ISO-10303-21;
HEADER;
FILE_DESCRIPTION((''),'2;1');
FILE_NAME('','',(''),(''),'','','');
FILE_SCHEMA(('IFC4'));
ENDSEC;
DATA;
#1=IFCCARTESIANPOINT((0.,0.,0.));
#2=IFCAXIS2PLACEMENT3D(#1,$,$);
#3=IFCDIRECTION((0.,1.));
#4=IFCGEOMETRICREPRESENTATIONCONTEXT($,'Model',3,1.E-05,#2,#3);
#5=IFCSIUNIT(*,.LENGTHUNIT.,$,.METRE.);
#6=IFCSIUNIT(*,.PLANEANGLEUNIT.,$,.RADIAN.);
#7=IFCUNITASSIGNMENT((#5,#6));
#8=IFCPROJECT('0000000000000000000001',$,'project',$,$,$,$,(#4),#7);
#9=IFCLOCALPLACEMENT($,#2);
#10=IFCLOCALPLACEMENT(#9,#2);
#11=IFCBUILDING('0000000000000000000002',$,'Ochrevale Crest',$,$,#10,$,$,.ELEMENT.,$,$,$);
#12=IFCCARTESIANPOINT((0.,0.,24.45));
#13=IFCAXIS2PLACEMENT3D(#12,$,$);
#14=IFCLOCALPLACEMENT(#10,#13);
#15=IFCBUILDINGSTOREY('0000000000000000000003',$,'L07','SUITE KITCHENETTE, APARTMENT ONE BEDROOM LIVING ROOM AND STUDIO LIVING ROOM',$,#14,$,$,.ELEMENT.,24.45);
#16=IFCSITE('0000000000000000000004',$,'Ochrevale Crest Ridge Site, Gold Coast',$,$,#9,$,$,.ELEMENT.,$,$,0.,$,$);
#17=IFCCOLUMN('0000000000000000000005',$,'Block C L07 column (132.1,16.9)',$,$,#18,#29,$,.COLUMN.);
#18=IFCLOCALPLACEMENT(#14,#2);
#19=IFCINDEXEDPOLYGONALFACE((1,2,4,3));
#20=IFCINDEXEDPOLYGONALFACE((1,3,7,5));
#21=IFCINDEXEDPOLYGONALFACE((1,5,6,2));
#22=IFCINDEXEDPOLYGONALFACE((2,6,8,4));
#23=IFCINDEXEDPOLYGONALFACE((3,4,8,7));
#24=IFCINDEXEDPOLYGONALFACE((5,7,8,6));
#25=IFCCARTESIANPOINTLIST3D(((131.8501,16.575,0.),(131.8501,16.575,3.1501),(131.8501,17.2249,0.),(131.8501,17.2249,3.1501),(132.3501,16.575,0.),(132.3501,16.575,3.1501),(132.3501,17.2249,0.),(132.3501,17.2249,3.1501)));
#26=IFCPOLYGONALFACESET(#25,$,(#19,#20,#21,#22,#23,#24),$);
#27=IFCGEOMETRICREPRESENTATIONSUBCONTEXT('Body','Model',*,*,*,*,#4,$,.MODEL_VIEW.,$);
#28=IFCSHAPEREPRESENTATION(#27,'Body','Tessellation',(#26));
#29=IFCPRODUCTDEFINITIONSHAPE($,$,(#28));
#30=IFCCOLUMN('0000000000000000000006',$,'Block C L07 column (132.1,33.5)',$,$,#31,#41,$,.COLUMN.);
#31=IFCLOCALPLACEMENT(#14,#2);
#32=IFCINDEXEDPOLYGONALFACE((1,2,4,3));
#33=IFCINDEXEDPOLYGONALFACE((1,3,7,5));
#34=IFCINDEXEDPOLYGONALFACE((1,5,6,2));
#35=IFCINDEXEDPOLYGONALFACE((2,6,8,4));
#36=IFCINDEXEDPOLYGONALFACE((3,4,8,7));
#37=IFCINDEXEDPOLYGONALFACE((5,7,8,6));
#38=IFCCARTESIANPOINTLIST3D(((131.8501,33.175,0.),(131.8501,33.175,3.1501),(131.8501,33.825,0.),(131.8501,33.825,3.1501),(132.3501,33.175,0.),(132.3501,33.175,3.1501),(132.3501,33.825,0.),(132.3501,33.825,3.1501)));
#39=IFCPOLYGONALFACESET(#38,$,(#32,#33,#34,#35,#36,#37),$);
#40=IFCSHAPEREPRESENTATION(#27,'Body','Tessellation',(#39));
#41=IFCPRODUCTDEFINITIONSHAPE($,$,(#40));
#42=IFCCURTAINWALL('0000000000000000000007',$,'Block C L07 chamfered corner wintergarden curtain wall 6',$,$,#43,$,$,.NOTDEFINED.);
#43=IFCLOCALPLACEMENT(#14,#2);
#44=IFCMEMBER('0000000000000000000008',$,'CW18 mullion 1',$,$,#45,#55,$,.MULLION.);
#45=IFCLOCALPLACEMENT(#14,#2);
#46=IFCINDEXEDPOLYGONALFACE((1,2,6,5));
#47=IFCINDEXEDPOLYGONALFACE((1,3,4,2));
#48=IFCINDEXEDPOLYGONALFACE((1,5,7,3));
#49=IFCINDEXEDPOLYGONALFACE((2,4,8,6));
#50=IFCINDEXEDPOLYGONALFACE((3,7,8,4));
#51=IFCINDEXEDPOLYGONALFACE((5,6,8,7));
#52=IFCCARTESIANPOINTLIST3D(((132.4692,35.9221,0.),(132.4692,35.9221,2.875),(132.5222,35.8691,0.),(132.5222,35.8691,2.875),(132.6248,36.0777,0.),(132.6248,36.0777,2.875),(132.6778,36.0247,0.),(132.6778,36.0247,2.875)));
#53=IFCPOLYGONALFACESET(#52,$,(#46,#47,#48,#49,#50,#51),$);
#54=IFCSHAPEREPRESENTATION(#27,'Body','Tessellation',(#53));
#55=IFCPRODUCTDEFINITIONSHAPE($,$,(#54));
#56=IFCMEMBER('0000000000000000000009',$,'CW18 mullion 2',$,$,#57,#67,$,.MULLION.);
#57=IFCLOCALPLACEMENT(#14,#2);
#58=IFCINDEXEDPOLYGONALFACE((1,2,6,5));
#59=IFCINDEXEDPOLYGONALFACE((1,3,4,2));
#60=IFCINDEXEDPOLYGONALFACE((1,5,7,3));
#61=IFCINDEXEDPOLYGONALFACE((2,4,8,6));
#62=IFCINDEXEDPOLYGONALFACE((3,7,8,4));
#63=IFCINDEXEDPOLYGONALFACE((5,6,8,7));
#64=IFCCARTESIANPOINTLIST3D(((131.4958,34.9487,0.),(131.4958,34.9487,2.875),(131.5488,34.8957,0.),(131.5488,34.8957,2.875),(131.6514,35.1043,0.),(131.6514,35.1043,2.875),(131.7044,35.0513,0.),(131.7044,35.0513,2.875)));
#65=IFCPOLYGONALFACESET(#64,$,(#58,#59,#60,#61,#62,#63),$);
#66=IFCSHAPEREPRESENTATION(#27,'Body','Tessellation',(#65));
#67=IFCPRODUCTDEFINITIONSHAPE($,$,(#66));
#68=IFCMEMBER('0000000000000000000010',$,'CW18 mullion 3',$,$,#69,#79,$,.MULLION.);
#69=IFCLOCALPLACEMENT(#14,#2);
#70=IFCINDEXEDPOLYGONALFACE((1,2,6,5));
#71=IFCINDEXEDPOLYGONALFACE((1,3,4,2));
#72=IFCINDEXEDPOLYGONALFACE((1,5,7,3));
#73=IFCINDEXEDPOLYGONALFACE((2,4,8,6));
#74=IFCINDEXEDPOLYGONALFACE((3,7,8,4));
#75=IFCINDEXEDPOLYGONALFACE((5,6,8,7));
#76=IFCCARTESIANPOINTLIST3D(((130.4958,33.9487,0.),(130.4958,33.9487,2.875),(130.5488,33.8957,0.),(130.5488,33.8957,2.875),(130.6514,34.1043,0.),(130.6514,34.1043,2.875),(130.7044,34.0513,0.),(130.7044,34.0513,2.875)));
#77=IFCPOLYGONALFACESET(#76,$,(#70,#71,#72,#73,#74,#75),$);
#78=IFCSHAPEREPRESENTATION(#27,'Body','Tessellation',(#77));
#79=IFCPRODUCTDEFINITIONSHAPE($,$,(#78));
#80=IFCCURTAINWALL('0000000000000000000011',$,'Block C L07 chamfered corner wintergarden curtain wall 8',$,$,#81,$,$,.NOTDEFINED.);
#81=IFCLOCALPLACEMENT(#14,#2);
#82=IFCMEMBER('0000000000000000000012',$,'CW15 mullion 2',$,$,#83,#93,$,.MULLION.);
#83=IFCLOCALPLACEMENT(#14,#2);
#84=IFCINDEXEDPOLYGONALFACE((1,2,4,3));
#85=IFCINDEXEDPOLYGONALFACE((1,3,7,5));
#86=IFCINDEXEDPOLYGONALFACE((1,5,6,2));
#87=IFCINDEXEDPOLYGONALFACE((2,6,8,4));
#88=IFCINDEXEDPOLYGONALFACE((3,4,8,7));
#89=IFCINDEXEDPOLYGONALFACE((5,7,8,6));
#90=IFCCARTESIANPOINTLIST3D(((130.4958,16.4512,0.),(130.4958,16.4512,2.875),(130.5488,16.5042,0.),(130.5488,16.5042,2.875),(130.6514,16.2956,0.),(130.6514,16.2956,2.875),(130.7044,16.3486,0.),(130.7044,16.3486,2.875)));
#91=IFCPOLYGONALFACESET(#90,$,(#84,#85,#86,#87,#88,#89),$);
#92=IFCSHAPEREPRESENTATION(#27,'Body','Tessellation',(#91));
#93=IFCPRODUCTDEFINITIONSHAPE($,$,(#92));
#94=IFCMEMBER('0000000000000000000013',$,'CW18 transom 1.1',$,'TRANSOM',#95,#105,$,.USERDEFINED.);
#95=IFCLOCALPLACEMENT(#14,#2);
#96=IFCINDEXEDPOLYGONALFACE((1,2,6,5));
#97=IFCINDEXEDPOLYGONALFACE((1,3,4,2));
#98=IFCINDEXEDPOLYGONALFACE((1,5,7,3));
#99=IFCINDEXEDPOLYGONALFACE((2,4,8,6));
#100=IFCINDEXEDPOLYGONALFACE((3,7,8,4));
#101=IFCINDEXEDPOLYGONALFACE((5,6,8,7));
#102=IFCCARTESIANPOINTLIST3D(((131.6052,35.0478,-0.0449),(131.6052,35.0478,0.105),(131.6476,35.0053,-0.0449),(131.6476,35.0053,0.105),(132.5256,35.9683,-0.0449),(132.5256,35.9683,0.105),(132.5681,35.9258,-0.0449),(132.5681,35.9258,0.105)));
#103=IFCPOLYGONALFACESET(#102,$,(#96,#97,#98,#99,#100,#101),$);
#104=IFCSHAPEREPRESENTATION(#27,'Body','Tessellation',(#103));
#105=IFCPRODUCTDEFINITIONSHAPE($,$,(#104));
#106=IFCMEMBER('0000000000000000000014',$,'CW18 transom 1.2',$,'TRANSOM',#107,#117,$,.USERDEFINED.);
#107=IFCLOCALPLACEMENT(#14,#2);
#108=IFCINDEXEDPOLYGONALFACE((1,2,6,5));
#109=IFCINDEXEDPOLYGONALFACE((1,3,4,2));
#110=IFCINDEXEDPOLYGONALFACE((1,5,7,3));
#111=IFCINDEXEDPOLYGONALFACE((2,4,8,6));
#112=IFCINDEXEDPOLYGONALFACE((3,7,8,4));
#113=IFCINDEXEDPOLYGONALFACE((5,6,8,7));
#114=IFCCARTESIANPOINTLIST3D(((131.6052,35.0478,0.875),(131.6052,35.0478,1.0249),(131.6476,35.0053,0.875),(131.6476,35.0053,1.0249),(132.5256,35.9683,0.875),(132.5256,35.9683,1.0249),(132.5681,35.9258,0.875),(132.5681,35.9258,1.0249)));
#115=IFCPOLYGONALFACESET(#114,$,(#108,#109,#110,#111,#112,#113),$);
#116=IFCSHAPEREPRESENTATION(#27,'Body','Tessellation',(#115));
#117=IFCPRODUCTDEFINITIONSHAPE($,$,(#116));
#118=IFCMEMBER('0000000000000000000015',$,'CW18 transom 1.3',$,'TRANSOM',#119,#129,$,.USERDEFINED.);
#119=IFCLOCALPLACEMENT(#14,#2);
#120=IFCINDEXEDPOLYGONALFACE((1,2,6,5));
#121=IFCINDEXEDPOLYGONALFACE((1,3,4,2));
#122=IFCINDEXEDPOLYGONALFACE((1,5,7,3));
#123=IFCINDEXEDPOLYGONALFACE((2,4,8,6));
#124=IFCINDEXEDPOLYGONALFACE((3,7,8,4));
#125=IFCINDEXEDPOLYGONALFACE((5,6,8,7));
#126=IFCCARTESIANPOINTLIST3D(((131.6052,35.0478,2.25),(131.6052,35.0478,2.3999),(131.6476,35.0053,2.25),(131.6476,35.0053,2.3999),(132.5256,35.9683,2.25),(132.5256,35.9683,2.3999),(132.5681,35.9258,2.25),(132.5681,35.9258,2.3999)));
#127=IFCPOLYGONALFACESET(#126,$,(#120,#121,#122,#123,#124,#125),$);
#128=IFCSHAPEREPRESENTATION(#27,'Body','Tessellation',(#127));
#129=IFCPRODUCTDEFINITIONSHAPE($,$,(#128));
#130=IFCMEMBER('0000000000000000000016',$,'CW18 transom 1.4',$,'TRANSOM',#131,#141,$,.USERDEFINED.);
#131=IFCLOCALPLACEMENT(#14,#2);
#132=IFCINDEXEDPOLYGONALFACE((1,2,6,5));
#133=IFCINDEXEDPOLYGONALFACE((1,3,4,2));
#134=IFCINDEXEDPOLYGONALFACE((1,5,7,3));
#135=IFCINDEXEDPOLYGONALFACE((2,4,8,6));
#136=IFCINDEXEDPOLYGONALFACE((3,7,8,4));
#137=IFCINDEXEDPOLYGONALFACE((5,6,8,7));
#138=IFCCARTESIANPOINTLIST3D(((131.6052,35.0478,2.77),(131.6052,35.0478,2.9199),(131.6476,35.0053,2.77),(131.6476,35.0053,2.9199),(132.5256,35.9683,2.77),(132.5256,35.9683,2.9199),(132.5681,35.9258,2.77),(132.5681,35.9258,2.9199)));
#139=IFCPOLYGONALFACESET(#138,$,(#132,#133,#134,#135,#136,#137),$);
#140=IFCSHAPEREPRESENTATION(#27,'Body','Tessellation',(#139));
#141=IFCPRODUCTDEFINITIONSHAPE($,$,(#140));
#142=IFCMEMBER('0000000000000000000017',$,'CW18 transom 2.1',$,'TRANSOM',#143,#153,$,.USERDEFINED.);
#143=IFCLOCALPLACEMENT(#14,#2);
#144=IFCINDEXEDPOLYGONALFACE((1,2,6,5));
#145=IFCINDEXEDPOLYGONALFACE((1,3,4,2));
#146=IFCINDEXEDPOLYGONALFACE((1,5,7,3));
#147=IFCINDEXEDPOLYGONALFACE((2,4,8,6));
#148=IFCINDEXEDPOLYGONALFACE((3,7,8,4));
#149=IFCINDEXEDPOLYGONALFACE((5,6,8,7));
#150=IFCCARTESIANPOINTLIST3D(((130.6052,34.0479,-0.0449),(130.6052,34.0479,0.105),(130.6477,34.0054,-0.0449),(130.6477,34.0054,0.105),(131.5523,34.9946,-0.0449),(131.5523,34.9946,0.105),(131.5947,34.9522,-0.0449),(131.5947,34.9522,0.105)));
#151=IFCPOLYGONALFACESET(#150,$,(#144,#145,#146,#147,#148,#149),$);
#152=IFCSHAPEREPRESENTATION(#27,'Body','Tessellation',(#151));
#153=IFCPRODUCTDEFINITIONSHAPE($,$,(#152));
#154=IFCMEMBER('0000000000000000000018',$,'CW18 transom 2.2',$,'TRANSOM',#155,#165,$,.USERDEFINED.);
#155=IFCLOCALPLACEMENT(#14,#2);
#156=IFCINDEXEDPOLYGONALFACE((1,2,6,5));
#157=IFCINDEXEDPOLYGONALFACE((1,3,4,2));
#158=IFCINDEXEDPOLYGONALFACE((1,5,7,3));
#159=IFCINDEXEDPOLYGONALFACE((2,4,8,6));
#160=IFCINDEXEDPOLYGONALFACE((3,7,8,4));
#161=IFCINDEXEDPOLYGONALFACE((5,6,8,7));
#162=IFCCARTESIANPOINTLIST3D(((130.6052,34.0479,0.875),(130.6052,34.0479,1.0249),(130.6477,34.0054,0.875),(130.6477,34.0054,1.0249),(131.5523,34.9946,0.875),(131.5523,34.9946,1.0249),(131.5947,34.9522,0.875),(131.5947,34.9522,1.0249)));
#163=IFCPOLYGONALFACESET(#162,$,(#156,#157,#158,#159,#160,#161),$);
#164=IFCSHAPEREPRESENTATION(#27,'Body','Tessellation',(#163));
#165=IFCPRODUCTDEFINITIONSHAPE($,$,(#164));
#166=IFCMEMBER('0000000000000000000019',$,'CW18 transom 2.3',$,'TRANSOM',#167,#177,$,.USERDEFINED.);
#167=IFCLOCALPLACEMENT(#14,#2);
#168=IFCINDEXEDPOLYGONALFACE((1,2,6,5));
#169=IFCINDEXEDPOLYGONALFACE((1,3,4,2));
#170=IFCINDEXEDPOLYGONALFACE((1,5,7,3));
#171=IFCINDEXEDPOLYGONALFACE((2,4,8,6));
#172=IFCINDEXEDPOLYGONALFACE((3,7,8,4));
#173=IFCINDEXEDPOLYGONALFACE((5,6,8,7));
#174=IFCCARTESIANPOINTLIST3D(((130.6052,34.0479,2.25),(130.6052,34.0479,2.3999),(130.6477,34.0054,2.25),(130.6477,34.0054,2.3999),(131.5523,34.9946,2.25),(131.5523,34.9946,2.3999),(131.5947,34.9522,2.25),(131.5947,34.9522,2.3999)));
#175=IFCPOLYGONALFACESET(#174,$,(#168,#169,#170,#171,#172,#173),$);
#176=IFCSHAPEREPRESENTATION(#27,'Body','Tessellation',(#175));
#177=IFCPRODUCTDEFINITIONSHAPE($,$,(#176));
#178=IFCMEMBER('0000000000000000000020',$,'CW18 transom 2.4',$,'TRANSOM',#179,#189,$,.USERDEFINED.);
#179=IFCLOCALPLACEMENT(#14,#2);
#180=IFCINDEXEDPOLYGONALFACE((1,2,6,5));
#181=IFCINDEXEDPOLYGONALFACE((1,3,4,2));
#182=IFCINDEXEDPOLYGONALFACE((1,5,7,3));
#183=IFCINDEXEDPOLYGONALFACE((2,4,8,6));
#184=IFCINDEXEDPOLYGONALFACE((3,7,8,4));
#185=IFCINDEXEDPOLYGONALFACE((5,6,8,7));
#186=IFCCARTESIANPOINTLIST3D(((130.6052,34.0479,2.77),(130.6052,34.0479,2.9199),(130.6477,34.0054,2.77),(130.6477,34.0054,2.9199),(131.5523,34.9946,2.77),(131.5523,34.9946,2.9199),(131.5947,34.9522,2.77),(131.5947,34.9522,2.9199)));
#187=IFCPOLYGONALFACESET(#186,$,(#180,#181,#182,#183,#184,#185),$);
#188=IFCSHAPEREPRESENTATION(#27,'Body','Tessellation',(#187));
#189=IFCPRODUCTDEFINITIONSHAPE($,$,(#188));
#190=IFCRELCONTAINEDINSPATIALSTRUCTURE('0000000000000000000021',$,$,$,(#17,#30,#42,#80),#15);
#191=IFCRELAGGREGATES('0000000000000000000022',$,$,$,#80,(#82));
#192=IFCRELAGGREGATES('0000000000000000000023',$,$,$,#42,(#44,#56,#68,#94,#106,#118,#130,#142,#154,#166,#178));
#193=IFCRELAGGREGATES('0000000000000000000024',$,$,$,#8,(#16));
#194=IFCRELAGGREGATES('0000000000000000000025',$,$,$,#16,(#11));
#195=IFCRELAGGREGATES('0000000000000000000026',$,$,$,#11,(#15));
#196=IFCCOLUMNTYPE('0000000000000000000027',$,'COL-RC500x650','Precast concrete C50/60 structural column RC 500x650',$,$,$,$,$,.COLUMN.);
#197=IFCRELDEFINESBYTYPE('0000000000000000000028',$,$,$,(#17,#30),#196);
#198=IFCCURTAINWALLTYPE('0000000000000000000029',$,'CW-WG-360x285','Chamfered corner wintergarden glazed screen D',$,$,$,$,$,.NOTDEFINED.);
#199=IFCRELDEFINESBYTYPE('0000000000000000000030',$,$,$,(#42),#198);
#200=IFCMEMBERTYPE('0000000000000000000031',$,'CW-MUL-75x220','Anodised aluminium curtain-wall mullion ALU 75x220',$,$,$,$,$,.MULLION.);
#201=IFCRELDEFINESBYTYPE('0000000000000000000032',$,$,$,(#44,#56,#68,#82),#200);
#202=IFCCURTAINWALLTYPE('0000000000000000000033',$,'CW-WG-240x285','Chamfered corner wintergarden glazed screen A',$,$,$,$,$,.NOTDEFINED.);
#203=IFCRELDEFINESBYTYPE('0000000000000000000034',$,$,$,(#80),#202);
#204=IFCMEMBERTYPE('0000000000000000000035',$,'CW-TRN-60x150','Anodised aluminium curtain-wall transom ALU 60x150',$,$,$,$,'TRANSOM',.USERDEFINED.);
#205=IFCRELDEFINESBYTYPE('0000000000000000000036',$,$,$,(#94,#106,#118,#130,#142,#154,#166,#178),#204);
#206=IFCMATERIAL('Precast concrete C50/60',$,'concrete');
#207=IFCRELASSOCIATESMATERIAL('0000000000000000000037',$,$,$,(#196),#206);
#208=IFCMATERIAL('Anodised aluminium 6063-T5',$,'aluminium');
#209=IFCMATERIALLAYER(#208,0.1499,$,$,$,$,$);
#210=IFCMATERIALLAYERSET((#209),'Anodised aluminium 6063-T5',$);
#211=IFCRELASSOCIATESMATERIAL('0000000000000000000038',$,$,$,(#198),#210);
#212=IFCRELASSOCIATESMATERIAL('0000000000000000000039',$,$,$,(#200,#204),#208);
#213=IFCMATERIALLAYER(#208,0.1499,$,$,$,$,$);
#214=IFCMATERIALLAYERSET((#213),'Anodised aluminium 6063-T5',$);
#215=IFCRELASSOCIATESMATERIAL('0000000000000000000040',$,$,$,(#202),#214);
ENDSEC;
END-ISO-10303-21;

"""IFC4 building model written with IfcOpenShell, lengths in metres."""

from ifc_helpers import new_model, si_unit, direction, frame, origin, origin_2d, place, context, subcontext, project, spatial, rectangle, extrude, material, layer, layer_set, material_profile, profile_set, type_object, element, aggregate, save


model = new_model("IFC4")

# Units and contexts
model_context = context("Model", 3, precision=1e-05, world=origin(), true_north=direction((0.0, 1.0)))
body_context = subcontext(model_context, "Body", "Model", "MODEL_VIEW")
ifc_project = project(units=[si_unit("LENGTHUNIT", "METRE"), si_unit("PLANEANGLEUNIT", "RADIAN")], contexts=[model_context])

# Site, building, storey
site_placement = place(None, origin())
site = spatial("IfcSite", under=ifc_project, at=site_placement, Name="Ochrevale Crest Ridge Site, Gold Coast", CompositionType="ELEMENT", RefElevation=0.0)
building_placement = place(site_placement, origin())
building = spatial("IfcBuilding", under=site, at=building_placement, Name="Ochrevale Crest", CompositionType="ELEMENT")
storey_placement = place(building_placement, frame((0.0, 0.0, 24.45)))
storey = spatial("IfcBuildingStorey", under=building, at=storey_placement, Name="L07", Description="SUITE KITCHENETTE, APARTMENT ONE BEDROOM LIVING ROOM AND STUDIO LIVING ROOM", CompositionType="ELEMENT", Elevation=24.45)

# Columns
ifc_material_1 = material(Name="Precast concrete C50/60", Category="concrete")
ifc_material_profile_1 = material_profile(ifc_material_1, rectangle(XDim=0.5, YDim=0.6499, at=origin_2d()), Name="RC 500x650")
ifc_profile_set_1 = profile_set([ifc_material_profile_1], Name="Precast concrete C50/60")
column_type = type_object("IfcColumnType", Name="COL-RC500x650", Description="Precast concrete C50/60 structural column RC 500x650", PredefinedType="COLUMN", material=ifc_profile_set_1)
for number, where, z_axis, x_axis, name in (
    (1, (132.1001, 16.8999, 0.0), (0.0, 0.0, 1.0), (1.0, 0.0, 0.0), "Block C L07 column (132.1,16.9)"),
    (2, (132.1001, 33.5, 0.0), (0.0, 0.0, 1.0), (1.0, 0.0, 0.0), "Block C L07 column (132.1,33.5)"),
):
    element("IfcColumn", number, at=place(storey_placement, frame(where, z_axis=z_axis, x_axis=x_axis)), inside=storey, type_object=column_type, Name=name, PredefinedType="COLUMN", context=body_context, shape_type="SweptSolid", body=[
        extrude(rectangle(XDim=0.5, YDim=0.6499, at=origin_2d()), origin(), (0.0, 0.0, 1.0), 3.1501),
    ])

# Curtain wall, members
ifc_material_2 = material(Name="Anodised aluminium 6063-T5", Category="aluminium")
ifc_layer_1 = layer(ifc_material_2, 0.1499)
ifc_layer_set_1 = layer_set([ifc_layer_1], Name="Anodised aluminium 6063-T5")
curtain_wall_type_1 = type_object("IfcCurtainWallType", Name="CW-WG-360x285", Description="Chamfered corner wintergarden glazed screen D", PredefinedType="NOTDEFINED", material=ifc_layer_set_1)
curtain_wall_1_placement = place(storey_placement, origin())
curtain_wall_1 = element("IfcCurtainWall", 3, at=curtain_wall_1_placement, inside=storey, type_object=curtain_wall_type_1, Name="Block C L07 chamfered corner wintergarden curtain wall 6", PredefinedType="NOTDEFINED")
ifc_material_profile_2 = material_profile(ifc_material_2, rectangle(XDim=0.075, YDim=0.22, at=origin_2d()), Name="ALU 75x220")
ifc_profile_set_2 = profile_set([ifc_material_profile_2], Name="Anodised aluminium 6063-T5")
member_type_1 = type_object("IfcMemberType", Name="CW-MUL-75x220", Description="Anodised aluminium curtain-wall mullion ALU 75x220", PredefinedType="MULLION", material=ifc_profile_set_2)
member_1_placement = place(storey_placement, frame((132.5735, 35.9734, 0.0), z_axis=(0.0, 0.0, 1.0), x_axis=(0.707107, -0.707107, 0.0)))
member_1 = element("IfcMember", 4, at=member_1_placement, type_object=member_type_1, Name="CW18 mullion 1", PredefinedType="MULLION", context=body_context, shape_type="SweptSolid", body=[
    extrude(rectangle(XDim=0.075, YDim=0.22, at=origin_2d()), origin(), (0.0, 0.0, 1.0), 2.875),
])
member_2_placement = place(storey_placement, frame((131.6001, 35.0, 0.0), z_axis=(0.0, 0.0, 1.0), x_axis=(0.707107, -0.707107, 0.0)))
member_2 = element("IfcMember", 5, at=member_2_placement, type_object=member_type_1, Name="CW18 mullion 2", PredefinedType="MULLION", context=body_context, shape_type="SweptSolid", body=[
    extrude(rectangle(XDim=0.075, YDim=0.22, at=origin_2d()), origin(), (0.0, 0.0, 1.0), 2.875),
])
member_3_placement = place(storey_placement, frame((130.6001, 34.0, 0.0), z_axis=(0.0, 0.0, 1.0), x_axis=(0.707107, -0.707107, 0.0)))
member_3 = element("IfcMember", 6, at=member_3_placement, type_object=member_type_1, Name="CW18 mullion 3", PredefinedType="MULLION", context=body_context, shape_type="SweptSolid", body=[
    extrude(rectangle(XDim=0.075, YDim=0.22, at=origin_2d()), origin(), (0.0, 0.0, 1.0), 2.875),
])

# Curtain wall, member
ifc_layer_2 = layer(ifc_material_2, 0.1499)
ifc_layer_set_2 = layer_set([ifc_layer_2], Name="Anodised aluminium 6063-T5")
curtain_wall_type_2 = type_object("IfcCurtainWallType", Name="CW-WG-240x285", Description="Chamfered corner wintergarden glazed screen A", PredefinedType="NOTDEFINED", material=ifc_layer_set_2)
curtain_wall_2_placement = place(storey_placement, origin())
curtain_wall_2 = element("IfcCurtainWall", 7, at=curtain_wall_2_placement, inside=storey, type_object=curtain_wall_type_2, Name="Block C L07 chamfered corner wintergarden curtain wall 8", PredefinedType="NOTDEFINED")
member_4_placement = place(storey_placement, frame((130.6001, 16.3999, 0.0), z_axis=(0.0, 0.0, 1.0), x_axis=(0.707107, 0.707107, 0.0)))
member_4 = element("IfcMember", 8, at=member_4_placement, type_object=member_type_1, Name="CW15 mullion 2", PredefinedType="MULLION", context=body_context, shape_type="SweptSolid", body=[
    extrude(rectangle(XDim=0.075, YDim=0.22, at=origin_2d()), origin(), (0.0, 0.0, 1.0), 2.875),
])
aggregate(curtain_wall_2, [member_4])

# Members
ifc_material_profile_3 = material_profile(ifc_material_2, rectangle(XDim=0.0601, YDim=0.1499, at=origin_2d()), Name="ALU 60x150")
ifc_profile_set_3 = profile_set([ifc_material_profile_3], Name="Anodised aluminium 6063-T5")
member_type_2 = type_object("IfcMemberType", Name="CW-TRN-60x150", Description="Anodised aluminium curtain-wall transom ALU 60x150", ElementType="TRANSOM", PredefinedType="USERDEFINED", material=ifc_profile_set_3)
member_5_placement = place(storey_placement, frame((132.5469, 35.947, 0.03), z_axis=(-0.707107, -0.707107, 0.0), x_axis=(0.707107, -0.707107, 0.0)))
member_5 = element("IfcMember", 9, at=member_5_placement, type_object=member_type_2, Name="CW18 transom 1.1", ObjectType="TRANSOM", PredefinedType="USERDEFINED", context=body_context, shape_type="SweptSolid", body=[
    extrude(rectangle(XDim=0.0601, YDim=0.1499, at=origin_2d()), origin(), (0.0, 0.0, 1.0), 1.3018),
])
member_6_placement = place(storey_placement, frame((132.5469, 35.947, 0.95), z_axis=(-0.707107, -0.707107, 0.0), x_axis=(0.707107, -0.707107, 0.0)))
member_6 = element("IfcMember", 10, at=member_6_placement, type_object=member_type_2, Name="CW18 transom 1.2", ObjectType="TRANSOM", PredefinedType="USERDEFINED", context=body_context, shape_type="SweptSolid", body=[
    extrude(rectangle(XDim=0.0601, YDim=0.1499, at=origin_2d()), origin(), (0.0, 0.0, 1.0), 1.3018),
])
member_7_placement = place(storey_placement, frame((132.5469, 35.947, 2.325), z_axis=(-0.707107, -0.707107, 0.0), x_axis=(0.707107, -0.707107, 0.0)))
member_7 = element("IfcMember", 11, at=member_7_placement, type_object=member_type_2, Name="CW18 transom 1.3", ObjectType="TRANSOM", PredefinedType="USERDEFINED", context=body_context, shape_type="SweptSolid", body=[
    extrude(rectangle(XDim=0.0601, YDim=0.1499, at=origin_2d()), origin(), (0.0, 0.0, 1.0), 1.3018),
])
member_8_placement = place(storey_placement, frame((132.5469, 35.947, 2.845), z_axis=(-0.707107, -0.707107, 0.0), x_axis=(0.707107, -0.707107, 0.0)))
member_8 = element("IfcMember", 12, at=member_8_placement, type_object=member_type_2, Name="CW18 transom 1.4", ObjectType="TRANSOM", PredefinedType="USERDEFINED", context=body_context, shape_type="SweptSolid", body=[
    extrude(rectangle(XDim=0.0601, YDim=0.1499, at=origin_2d()), origin(), (0.0, 0.0, 1.0), 1.3018),
])
member_9_placement = place(storey_placement, frame((131.5735, 34.9734, 0.03), z_axis=(-0.707198, -0.707016, 0.0), x_axis=(0.707016, -0.707198, 0.0)))
member_9 = element("IfcMember", 13, at=member_9_placement, type_object=member_type_2, Name="CW18 transom 2.1", ObjectType="TRANSOM", PredefinedType="USERDEFINED", context=body_context, shape_type="SweptSolid", body=[
    extrude(rectangle(XDim=0.0601, YDim=0.1499, at=origin_2d()), origin(), (0.0, 0.0, 1.0), 1.3391),
])
member_10_placement = place(storey_placement, frame((131.5735, 34.9734, 0.95), z_axis=(-0.707198, -0.707016, 0.0), x_axis=(0.707016, -0.707198, 0.0)))
member_10 = element("IfcMember", 14, at=member_10_placement, type_object=member_type_2, Name="CW18 transom 2.2", ObjectType="TRANSOM", PredefinedType="USERDEFINED", context=body_context, shape_type="SweptSolid", body=[
    extrude(rectangle(XDim=0.0601, YDim=0.1499, at=origin_2d()), origin(), (0.0, 0.0, 1.0), 1.3391),
])
member_11_placement = place(storey_placement, frame((131.5735, 34.9734, 2.325), z_axis=(-0.707198, -0.707016, 0.0), x_axis=(0.707016, -0.707198, 0.0)))
member_11 = element("IfcMember", 15, at=member_11_placement, type_object=member_type_2, Name="CW18 transom 2.3", ObjectType="TRANSOM", PredefinedType="USERDEFINED", context=body_context, shape_type="SweptSolid", body=[
    extrude(rectangle(XDim=0.0601, YDim=0.1499, at=origin_2d()), origin(), (0.0, 0.0, 1.0), 1.3391),
])
member_12_placement = place(storey_placement, frame((131.5735, 34.9734, 2.845), z_axis=(-0.707198, -0.707016, 0.0), x_axis=(0.707016, -0.707198, 0.0)))
member_12 = element("IfcMember", 16, at=member_12_placement, type_object=member_type_2, Name="CW18 transom 2.4", ObjectType="TRANSOM", PredefinedType="USERDEFINED", context=body_context, shape_type="SweptSolid", body=[
    extrude(rectangle(XDim=0.0601, YDim=0.1499, at=origin_2d()), origin(), (0.0, 0.0, 1.0), 1.3391),
])

aggregate(curtain_wall_1, [member_1, member_2, member_3, member_5, member_6, member_7, member_8, member_9, member_10, member_11, member_12])

save(model, "model.ifc")
